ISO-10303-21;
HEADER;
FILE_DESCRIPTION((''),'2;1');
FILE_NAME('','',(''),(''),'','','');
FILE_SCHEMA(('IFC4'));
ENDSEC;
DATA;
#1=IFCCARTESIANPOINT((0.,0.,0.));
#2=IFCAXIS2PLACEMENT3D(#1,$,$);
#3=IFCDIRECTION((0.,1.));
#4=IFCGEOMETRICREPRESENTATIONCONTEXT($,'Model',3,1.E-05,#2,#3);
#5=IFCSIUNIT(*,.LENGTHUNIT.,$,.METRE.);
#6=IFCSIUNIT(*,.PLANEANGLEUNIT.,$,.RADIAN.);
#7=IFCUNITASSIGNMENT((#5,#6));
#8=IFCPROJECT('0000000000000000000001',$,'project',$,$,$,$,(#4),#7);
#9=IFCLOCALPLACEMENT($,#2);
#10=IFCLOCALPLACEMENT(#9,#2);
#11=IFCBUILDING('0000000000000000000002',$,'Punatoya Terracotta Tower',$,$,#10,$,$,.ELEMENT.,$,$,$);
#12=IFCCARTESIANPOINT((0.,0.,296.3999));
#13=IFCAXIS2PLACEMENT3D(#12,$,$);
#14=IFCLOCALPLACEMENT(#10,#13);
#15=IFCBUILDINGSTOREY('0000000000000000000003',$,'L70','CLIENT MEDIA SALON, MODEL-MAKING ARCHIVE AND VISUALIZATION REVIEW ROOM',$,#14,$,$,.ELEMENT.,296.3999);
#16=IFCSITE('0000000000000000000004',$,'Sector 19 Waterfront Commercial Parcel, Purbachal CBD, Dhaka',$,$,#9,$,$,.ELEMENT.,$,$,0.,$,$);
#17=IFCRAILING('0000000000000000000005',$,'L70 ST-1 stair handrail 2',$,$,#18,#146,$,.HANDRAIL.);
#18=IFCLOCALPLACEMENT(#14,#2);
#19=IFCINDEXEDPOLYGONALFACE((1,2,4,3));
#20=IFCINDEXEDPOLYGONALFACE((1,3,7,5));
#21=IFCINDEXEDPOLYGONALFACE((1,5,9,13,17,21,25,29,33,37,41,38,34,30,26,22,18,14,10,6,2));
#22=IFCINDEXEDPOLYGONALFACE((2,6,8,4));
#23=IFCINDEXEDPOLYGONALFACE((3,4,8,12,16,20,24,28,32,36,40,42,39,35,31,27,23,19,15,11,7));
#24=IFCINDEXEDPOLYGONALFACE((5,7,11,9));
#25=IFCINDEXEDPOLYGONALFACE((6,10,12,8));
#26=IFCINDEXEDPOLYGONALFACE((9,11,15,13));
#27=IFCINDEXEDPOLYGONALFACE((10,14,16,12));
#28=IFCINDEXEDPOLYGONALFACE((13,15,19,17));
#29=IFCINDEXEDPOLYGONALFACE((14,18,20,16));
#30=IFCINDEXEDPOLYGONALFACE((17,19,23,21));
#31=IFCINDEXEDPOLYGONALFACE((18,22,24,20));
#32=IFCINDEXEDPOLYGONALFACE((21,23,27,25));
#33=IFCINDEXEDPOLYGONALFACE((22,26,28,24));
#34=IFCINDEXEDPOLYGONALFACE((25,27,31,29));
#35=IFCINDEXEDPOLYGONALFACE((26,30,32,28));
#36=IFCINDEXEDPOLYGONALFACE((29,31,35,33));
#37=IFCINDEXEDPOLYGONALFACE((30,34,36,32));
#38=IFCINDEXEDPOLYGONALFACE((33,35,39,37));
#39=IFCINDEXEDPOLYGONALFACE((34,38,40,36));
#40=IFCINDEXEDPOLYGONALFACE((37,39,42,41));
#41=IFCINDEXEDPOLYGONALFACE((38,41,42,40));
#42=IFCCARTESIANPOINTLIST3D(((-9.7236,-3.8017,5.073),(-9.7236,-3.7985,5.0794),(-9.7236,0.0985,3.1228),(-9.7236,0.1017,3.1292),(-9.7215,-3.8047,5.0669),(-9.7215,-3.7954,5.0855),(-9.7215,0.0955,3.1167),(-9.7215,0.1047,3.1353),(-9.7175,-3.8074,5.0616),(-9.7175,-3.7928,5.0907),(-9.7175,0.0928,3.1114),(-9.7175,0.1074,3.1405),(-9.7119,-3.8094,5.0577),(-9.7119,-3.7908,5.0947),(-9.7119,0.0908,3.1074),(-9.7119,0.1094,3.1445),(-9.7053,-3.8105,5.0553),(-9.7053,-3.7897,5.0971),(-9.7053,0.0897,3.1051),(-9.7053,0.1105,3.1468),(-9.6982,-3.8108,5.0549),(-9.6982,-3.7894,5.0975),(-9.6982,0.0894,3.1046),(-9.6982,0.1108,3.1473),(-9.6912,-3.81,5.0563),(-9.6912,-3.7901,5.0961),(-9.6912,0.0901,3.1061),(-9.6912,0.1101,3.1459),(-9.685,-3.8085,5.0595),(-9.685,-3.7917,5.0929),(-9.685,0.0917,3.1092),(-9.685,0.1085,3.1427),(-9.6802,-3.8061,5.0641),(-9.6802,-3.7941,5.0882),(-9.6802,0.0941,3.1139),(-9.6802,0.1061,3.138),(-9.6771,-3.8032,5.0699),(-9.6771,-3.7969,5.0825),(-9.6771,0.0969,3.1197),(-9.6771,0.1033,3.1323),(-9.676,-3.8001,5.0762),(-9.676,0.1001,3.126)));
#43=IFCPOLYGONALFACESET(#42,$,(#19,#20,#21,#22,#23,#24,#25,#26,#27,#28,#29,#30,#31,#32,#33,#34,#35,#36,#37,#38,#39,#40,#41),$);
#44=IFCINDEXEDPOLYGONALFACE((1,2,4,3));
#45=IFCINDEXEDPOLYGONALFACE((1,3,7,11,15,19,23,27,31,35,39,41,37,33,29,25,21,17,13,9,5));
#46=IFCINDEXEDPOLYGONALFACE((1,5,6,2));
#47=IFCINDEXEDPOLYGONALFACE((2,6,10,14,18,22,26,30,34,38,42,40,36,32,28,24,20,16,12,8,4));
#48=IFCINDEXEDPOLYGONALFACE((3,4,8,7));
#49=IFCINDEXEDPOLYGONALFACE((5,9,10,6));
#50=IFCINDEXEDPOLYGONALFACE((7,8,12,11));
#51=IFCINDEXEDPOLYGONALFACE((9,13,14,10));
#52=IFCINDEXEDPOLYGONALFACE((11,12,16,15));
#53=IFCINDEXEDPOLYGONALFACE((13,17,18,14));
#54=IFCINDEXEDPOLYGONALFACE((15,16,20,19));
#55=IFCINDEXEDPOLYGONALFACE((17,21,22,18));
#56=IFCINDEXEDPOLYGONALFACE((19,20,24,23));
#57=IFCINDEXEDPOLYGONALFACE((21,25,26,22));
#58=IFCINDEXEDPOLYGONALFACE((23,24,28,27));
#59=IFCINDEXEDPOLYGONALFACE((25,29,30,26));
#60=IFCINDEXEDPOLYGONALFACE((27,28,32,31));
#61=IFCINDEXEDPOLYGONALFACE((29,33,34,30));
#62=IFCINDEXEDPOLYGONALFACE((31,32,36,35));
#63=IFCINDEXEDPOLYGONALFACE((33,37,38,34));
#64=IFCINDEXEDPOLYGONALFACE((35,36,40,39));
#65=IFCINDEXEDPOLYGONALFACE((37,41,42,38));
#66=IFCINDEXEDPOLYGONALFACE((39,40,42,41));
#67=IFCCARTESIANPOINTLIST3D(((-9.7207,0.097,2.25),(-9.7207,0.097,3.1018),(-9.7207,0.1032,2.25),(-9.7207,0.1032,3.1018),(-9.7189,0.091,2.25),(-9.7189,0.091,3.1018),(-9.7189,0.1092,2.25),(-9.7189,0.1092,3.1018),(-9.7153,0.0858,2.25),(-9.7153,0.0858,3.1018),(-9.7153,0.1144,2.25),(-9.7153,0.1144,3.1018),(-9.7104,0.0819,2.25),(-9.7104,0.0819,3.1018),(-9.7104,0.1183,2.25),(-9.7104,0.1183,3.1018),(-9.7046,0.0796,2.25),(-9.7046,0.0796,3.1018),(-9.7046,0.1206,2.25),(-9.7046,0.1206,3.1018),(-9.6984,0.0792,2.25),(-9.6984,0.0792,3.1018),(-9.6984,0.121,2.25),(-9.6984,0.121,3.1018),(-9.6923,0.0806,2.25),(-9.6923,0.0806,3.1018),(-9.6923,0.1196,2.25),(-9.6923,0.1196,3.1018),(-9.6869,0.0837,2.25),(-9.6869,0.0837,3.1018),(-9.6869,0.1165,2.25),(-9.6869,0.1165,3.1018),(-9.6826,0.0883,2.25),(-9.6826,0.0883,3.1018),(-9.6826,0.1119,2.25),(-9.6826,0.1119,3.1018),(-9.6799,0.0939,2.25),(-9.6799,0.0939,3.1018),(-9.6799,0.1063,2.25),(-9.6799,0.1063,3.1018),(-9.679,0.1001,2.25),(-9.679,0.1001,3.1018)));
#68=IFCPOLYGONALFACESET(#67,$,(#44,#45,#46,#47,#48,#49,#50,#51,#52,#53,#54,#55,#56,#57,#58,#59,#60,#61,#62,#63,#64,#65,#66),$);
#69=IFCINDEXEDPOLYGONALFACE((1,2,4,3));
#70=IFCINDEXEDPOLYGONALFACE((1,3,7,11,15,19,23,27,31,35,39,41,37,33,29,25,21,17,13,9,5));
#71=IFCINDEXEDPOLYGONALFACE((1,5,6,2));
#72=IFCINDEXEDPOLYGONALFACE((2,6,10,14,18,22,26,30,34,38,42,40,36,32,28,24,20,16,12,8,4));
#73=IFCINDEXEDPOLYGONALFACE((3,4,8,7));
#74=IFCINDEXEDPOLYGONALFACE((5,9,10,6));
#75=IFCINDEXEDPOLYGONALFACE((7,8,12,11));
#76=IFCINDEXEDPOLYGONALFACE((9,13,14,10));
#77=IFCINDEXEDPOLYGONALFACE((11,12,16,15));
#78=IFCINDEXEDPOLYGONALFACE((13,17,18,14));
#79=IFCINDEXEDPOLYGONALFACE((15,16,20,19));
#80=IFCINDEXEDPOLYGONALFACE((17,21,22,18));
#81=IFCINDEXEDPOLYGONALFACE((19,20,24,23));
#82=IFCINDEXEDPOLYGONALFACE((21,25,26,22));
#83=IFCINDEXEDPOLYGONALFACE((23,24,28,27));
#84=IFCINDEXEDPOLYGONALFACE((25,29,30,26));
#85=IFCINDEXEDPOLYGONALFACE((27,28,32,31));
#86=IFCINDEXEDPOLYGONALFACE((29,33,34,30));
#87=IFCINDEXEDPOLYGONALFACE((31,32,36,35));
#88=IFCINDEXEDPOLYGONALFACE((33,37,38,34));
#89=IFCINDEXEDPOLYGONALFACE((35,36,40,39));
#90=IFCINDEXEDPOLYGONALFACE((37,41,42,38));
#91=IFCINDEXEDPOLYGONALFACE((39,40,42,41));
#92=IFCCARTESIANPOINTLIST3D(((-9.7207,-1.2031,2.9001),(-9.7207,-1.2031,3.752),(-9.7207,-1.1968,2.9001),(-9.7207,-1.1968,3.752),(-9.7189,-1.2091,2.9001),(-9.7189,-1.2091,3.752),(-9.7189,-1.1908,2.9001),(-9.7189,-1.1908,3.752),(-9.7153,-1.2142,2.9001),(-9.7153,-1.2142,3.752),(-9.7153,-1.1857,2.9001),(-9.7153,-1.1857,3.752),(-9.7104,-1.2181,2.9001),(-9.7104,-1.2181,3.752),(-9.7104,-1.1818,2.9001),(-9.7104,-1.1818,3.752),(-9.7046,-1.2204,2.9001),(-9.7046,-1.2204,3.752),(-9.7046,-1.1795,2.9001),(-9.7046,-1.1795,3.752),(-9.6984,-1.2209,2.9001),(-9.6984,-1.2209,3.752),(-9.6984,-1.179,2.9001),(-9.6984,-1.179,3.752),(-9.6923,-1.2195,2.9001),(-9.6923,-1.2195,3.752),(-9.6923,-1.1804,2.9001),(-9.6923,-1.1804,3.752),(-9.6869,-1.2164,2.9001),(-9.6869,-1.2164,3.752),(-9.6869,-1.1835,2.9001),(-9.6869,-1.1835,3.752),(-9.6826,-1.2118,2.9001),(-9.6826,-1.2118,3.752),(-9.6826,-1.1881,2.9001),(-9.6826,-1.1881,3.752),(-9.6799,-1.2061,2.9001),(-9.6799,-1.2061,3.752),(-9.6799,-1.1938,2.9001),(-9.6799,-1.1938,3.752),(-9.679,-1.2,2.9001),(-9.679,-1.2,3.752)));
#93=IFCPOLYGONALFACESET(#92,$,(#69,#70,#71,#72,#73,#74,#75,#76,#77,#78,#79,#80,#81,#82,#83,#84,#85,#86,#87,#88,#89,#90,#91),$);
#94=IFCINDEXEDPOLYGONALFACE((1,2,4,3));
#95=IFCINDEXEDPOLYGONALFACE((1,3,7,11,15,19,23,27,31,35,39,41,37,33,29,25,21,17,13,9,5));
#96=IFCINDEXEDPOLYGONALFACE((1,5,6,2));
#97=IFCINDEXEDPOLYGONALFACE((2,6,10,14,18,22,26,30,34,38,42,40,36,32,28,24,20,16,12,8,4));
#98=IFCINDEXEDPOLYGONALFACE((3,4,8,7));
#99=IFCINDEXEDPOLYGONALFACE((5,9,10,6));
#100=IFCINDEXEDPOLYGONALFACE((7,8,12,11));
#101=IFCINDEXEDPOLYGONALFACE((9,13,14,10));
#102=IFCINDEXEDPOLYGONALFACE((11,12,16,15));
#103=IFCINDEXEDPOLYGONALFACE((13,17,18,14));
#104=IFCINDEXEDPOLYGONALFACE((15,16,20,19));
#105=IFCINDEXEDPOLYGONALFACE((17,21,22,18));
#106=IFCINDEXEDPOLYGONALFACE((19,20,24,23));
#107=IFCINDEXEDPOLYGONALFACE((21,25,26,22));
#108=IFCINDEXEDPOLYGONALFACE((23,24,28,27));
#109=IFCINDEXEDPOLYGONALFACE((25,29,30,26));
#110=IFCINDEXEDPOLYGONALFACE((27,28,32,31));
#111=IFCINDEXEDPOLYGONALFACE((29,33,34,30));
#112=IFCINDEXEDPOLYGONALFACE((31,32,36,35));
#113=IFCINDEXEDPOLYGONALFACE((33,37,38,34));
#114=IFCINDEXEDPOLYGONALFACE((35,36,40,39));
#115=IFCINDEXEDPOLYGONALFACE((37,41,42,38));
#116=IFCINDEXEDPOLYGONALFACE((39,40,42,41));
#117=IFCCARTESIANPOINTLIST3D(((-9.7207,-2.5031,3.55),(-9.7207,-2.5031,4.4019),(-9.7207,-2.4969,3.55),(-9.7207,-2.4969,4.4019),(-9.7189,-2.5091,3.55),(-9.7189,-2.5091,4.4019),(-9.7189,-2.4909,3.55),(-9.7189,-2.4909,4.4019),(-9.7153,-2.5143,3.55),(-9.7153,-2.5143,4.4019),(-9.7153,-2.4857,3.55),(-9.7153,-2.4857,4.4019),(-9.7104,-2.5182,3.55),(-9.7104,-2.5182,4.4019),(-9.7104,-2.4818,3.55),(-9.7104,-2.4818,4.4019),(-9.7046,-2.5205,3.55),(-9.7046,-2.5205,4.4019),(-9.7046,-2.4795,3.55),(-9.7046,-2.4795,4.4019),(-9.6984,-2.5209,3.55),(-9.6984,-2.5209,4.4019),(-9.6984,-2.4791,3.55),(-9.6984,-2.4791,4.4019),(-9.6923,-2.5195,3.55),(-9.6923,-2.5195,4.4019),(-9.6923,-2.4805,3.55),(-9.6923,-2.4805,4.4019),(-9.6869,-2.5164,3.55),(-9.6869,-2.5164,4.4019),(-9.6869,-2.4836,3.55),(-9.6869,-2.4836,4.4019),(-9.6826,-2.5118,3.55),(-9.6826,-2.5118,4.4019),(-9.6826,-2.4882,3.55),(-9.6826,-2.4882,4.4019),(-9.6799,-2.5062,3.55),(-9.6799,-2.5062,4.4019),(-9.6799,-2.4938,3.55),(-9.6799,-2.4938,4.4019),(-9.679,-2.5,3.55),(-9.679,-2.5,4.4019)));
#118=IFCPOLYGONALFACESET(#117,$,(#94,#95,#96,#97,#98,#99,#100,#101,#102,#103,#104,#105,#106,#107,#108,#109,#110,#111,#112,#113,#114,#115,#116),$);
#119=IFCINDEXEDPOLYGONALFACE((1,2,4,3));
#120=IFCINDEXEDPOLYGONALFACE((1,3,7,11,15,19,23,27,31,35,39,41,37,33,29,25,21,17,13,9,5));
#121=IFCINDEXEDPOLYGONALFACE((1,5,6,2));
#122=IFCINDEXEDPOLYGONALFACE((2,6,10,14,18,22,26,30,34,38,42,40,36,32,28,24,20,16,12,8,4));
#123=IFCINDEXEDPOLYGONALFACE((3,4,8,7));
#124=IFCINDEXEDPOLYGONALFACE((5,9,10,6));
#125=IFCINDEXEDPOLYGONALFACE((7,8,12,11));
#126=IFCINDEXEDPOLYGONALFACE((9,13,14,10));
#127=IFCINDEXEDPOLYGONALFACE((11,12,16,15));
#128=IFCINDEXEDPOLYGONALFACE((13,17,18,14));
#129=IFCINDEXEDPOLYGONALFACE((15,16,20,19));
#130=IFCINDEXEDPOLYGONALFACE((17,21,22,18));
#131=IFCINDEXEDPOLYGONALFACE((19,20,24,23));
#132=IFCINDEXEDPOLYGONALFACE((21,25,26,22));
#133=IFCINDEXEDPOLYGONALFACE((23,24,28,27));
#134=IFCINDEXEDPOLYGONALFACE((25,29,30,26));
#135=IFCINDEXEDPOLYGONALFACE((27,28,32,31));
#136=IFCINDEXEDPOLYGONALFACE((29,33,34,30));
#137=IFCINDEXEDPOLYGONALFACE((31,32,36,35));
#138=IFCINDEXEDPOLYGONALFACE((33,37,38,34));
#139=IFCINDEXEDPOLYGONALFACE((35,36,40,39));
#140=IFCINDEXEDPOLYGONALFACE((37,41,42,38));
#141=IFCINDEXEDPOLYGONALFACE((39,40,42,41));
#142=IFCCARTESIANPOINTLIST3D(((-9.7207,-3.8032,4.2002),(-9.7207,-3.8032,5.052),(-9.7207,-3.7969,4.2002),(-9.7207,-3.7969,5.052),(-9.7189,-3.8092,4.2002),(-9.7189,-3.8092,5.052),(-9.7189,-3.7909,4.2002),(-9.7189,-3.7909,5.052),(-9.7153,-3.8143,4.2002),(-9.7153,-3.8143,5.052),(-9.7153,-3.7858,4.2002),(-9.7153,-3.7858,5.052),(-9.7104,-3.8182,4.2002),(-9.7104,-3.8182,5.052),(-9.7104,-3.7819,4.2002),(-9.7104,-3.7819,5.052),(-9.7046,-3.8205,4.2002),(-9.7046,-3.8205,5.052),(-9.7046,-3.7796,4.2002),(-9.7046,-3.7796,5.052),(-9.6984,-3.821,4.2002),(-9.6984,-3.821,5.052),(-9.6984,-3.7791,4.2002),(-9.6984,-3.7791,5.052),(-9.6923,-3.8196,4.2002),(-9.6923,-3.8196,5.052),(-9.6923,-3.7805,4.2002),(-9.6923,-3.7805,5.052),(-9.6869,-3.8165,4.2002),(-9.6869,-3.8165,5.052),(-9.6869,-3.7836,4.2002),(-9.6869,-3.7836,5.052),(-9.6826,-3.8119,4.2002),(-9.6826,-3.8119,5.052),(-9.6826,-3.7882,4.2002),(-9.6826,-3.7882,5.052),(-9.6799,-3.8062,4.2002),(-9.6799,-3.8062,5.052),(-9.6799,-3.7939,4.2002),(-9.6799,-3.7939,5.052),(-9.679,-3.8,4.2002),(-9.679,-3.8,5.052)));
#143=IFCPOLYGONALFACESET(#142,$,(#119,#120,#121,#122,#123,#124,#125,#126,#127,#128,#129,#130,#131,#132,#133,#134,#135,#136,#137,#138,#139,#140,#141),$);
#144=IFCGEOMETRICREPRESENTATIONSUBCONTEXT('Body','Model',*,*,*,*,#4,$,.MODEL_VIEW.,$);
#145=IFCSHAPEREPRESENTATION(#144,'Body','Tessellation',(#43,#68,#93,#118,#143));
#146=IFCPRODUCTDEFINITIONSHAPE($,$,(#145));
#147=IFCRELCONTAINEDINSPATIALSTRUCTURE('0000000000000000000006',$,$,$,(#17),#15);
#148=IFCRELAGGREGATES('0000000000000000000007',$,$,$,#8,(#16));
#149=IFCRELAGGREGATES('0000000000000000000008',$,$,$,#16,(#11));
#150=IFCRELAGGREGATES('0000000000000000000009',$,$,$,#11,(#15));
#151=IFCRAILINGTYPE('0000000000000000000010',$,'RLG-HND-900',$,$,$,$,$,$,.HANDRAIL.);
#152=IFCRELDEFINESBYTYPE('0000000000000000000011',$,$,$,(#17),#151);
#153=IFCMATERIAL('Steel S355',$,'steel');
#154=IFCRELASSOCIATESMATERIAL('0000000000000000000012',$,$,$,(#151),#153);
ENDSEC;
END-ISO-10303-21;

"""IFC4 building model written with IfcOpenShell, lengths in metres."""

from ifc_helpers import new_model, si_unit, direction, frame, origin, origin_2d, place, context, subcontext, project, spatial, circle, extrude, material, type_object, element, save


model = new_model("IFC4")

# Units and contexts
model_context = context("Model", 3, precision=1e-05, world=origin(), true_north=direction((0.0, 1.0)))
body_context = subcontext(model_context, "Body", "Model", "MODEL_VIEW")
ifc_project = project(units=[si_unit("LENGTHUNIT", "METRE"), si_unit("PLANEANGLEUNIT", "RADIAN")], contexts=[model_context])

# Site, building, storey
site_placement = place(None, origin())
site = spatial("IfcSite", under=ifc_project, at=site_placement, Name="Sector 19 Waterfront Commercial Parcel, Purbachal CBD, Dhaka", CompositionType="ELEMENT", RefElevation=0.0)
building_placement = place(site_placement, origin())
building = spatial("IfcBuilding", under=site, at=building_placement, Name="Punatoya Terracotta Tower", CompositionType="ELEMENT")
storey_placement = place(building_placement, frame((0.0, 0.0, 296.3999)))
storey = spatial("IfcBuildingStorey", under=building, at=storey_placement, Name="L70", Description="CLIENT MEDIA SALON, MODEL-MAKING ARCHIVE AND VISUALIZATION REVIEW ROOM", CompositionType="ELEMENT", Elevation=296.3999)

# Shared definitions
ifc_material_1 = material(Name="Steel S355", Category="steel")

# Railing
railing_type_1 = type_object("IfcRailingType", Name="RLG-HND-900", PredefinedType="HANDRAIL", material=ifc_material_1)
railing_1_placement = place(storey_placement, frame((-9.7, 0.1001, 2.25)))
element("IfcRailing", 1, at=railing_1_placement, inside=storey, type_object=railing_type_1, Name="L70 ST-1 stair handrail 2", PredefinedType="HANDRAIL", context=body_context, shape_type="SweptSolid", body=[
    extrude(circle(Radius=0.0239, at=origin_2d()), frame((0.0, 0.0, 0.876), z_axis=(0.0, -0.894416, 0.447236), x_axis=(1.0, 0.0, 0.0)), (0.0, 0.0, 1.0), 4.3606),
    extrude(circle(Radius=0.021, at=origin_2d()), origin(), (0.0, 0.0, 1.0), 0.8518),
    extrude(circle(Radius=0.021, at=origin_2d()), frame((0.0, -1.3, 0.6501)), (0.0, 0.0, 1.0), 0.8518),
    extrude(circle(Radius=0.021, at=origin_2d()), frame((0.0, -2.6001, 1.3)), (0.0, 0.0, 1.0), 0.8518),
    extrude(circle(Radius=0.021, at=origin_2d()), frame((0.0, -3.9001, 1.9502)), (0.0, 0.0, 1.0), 0.8518),
])

save(model, "model.ifc")
